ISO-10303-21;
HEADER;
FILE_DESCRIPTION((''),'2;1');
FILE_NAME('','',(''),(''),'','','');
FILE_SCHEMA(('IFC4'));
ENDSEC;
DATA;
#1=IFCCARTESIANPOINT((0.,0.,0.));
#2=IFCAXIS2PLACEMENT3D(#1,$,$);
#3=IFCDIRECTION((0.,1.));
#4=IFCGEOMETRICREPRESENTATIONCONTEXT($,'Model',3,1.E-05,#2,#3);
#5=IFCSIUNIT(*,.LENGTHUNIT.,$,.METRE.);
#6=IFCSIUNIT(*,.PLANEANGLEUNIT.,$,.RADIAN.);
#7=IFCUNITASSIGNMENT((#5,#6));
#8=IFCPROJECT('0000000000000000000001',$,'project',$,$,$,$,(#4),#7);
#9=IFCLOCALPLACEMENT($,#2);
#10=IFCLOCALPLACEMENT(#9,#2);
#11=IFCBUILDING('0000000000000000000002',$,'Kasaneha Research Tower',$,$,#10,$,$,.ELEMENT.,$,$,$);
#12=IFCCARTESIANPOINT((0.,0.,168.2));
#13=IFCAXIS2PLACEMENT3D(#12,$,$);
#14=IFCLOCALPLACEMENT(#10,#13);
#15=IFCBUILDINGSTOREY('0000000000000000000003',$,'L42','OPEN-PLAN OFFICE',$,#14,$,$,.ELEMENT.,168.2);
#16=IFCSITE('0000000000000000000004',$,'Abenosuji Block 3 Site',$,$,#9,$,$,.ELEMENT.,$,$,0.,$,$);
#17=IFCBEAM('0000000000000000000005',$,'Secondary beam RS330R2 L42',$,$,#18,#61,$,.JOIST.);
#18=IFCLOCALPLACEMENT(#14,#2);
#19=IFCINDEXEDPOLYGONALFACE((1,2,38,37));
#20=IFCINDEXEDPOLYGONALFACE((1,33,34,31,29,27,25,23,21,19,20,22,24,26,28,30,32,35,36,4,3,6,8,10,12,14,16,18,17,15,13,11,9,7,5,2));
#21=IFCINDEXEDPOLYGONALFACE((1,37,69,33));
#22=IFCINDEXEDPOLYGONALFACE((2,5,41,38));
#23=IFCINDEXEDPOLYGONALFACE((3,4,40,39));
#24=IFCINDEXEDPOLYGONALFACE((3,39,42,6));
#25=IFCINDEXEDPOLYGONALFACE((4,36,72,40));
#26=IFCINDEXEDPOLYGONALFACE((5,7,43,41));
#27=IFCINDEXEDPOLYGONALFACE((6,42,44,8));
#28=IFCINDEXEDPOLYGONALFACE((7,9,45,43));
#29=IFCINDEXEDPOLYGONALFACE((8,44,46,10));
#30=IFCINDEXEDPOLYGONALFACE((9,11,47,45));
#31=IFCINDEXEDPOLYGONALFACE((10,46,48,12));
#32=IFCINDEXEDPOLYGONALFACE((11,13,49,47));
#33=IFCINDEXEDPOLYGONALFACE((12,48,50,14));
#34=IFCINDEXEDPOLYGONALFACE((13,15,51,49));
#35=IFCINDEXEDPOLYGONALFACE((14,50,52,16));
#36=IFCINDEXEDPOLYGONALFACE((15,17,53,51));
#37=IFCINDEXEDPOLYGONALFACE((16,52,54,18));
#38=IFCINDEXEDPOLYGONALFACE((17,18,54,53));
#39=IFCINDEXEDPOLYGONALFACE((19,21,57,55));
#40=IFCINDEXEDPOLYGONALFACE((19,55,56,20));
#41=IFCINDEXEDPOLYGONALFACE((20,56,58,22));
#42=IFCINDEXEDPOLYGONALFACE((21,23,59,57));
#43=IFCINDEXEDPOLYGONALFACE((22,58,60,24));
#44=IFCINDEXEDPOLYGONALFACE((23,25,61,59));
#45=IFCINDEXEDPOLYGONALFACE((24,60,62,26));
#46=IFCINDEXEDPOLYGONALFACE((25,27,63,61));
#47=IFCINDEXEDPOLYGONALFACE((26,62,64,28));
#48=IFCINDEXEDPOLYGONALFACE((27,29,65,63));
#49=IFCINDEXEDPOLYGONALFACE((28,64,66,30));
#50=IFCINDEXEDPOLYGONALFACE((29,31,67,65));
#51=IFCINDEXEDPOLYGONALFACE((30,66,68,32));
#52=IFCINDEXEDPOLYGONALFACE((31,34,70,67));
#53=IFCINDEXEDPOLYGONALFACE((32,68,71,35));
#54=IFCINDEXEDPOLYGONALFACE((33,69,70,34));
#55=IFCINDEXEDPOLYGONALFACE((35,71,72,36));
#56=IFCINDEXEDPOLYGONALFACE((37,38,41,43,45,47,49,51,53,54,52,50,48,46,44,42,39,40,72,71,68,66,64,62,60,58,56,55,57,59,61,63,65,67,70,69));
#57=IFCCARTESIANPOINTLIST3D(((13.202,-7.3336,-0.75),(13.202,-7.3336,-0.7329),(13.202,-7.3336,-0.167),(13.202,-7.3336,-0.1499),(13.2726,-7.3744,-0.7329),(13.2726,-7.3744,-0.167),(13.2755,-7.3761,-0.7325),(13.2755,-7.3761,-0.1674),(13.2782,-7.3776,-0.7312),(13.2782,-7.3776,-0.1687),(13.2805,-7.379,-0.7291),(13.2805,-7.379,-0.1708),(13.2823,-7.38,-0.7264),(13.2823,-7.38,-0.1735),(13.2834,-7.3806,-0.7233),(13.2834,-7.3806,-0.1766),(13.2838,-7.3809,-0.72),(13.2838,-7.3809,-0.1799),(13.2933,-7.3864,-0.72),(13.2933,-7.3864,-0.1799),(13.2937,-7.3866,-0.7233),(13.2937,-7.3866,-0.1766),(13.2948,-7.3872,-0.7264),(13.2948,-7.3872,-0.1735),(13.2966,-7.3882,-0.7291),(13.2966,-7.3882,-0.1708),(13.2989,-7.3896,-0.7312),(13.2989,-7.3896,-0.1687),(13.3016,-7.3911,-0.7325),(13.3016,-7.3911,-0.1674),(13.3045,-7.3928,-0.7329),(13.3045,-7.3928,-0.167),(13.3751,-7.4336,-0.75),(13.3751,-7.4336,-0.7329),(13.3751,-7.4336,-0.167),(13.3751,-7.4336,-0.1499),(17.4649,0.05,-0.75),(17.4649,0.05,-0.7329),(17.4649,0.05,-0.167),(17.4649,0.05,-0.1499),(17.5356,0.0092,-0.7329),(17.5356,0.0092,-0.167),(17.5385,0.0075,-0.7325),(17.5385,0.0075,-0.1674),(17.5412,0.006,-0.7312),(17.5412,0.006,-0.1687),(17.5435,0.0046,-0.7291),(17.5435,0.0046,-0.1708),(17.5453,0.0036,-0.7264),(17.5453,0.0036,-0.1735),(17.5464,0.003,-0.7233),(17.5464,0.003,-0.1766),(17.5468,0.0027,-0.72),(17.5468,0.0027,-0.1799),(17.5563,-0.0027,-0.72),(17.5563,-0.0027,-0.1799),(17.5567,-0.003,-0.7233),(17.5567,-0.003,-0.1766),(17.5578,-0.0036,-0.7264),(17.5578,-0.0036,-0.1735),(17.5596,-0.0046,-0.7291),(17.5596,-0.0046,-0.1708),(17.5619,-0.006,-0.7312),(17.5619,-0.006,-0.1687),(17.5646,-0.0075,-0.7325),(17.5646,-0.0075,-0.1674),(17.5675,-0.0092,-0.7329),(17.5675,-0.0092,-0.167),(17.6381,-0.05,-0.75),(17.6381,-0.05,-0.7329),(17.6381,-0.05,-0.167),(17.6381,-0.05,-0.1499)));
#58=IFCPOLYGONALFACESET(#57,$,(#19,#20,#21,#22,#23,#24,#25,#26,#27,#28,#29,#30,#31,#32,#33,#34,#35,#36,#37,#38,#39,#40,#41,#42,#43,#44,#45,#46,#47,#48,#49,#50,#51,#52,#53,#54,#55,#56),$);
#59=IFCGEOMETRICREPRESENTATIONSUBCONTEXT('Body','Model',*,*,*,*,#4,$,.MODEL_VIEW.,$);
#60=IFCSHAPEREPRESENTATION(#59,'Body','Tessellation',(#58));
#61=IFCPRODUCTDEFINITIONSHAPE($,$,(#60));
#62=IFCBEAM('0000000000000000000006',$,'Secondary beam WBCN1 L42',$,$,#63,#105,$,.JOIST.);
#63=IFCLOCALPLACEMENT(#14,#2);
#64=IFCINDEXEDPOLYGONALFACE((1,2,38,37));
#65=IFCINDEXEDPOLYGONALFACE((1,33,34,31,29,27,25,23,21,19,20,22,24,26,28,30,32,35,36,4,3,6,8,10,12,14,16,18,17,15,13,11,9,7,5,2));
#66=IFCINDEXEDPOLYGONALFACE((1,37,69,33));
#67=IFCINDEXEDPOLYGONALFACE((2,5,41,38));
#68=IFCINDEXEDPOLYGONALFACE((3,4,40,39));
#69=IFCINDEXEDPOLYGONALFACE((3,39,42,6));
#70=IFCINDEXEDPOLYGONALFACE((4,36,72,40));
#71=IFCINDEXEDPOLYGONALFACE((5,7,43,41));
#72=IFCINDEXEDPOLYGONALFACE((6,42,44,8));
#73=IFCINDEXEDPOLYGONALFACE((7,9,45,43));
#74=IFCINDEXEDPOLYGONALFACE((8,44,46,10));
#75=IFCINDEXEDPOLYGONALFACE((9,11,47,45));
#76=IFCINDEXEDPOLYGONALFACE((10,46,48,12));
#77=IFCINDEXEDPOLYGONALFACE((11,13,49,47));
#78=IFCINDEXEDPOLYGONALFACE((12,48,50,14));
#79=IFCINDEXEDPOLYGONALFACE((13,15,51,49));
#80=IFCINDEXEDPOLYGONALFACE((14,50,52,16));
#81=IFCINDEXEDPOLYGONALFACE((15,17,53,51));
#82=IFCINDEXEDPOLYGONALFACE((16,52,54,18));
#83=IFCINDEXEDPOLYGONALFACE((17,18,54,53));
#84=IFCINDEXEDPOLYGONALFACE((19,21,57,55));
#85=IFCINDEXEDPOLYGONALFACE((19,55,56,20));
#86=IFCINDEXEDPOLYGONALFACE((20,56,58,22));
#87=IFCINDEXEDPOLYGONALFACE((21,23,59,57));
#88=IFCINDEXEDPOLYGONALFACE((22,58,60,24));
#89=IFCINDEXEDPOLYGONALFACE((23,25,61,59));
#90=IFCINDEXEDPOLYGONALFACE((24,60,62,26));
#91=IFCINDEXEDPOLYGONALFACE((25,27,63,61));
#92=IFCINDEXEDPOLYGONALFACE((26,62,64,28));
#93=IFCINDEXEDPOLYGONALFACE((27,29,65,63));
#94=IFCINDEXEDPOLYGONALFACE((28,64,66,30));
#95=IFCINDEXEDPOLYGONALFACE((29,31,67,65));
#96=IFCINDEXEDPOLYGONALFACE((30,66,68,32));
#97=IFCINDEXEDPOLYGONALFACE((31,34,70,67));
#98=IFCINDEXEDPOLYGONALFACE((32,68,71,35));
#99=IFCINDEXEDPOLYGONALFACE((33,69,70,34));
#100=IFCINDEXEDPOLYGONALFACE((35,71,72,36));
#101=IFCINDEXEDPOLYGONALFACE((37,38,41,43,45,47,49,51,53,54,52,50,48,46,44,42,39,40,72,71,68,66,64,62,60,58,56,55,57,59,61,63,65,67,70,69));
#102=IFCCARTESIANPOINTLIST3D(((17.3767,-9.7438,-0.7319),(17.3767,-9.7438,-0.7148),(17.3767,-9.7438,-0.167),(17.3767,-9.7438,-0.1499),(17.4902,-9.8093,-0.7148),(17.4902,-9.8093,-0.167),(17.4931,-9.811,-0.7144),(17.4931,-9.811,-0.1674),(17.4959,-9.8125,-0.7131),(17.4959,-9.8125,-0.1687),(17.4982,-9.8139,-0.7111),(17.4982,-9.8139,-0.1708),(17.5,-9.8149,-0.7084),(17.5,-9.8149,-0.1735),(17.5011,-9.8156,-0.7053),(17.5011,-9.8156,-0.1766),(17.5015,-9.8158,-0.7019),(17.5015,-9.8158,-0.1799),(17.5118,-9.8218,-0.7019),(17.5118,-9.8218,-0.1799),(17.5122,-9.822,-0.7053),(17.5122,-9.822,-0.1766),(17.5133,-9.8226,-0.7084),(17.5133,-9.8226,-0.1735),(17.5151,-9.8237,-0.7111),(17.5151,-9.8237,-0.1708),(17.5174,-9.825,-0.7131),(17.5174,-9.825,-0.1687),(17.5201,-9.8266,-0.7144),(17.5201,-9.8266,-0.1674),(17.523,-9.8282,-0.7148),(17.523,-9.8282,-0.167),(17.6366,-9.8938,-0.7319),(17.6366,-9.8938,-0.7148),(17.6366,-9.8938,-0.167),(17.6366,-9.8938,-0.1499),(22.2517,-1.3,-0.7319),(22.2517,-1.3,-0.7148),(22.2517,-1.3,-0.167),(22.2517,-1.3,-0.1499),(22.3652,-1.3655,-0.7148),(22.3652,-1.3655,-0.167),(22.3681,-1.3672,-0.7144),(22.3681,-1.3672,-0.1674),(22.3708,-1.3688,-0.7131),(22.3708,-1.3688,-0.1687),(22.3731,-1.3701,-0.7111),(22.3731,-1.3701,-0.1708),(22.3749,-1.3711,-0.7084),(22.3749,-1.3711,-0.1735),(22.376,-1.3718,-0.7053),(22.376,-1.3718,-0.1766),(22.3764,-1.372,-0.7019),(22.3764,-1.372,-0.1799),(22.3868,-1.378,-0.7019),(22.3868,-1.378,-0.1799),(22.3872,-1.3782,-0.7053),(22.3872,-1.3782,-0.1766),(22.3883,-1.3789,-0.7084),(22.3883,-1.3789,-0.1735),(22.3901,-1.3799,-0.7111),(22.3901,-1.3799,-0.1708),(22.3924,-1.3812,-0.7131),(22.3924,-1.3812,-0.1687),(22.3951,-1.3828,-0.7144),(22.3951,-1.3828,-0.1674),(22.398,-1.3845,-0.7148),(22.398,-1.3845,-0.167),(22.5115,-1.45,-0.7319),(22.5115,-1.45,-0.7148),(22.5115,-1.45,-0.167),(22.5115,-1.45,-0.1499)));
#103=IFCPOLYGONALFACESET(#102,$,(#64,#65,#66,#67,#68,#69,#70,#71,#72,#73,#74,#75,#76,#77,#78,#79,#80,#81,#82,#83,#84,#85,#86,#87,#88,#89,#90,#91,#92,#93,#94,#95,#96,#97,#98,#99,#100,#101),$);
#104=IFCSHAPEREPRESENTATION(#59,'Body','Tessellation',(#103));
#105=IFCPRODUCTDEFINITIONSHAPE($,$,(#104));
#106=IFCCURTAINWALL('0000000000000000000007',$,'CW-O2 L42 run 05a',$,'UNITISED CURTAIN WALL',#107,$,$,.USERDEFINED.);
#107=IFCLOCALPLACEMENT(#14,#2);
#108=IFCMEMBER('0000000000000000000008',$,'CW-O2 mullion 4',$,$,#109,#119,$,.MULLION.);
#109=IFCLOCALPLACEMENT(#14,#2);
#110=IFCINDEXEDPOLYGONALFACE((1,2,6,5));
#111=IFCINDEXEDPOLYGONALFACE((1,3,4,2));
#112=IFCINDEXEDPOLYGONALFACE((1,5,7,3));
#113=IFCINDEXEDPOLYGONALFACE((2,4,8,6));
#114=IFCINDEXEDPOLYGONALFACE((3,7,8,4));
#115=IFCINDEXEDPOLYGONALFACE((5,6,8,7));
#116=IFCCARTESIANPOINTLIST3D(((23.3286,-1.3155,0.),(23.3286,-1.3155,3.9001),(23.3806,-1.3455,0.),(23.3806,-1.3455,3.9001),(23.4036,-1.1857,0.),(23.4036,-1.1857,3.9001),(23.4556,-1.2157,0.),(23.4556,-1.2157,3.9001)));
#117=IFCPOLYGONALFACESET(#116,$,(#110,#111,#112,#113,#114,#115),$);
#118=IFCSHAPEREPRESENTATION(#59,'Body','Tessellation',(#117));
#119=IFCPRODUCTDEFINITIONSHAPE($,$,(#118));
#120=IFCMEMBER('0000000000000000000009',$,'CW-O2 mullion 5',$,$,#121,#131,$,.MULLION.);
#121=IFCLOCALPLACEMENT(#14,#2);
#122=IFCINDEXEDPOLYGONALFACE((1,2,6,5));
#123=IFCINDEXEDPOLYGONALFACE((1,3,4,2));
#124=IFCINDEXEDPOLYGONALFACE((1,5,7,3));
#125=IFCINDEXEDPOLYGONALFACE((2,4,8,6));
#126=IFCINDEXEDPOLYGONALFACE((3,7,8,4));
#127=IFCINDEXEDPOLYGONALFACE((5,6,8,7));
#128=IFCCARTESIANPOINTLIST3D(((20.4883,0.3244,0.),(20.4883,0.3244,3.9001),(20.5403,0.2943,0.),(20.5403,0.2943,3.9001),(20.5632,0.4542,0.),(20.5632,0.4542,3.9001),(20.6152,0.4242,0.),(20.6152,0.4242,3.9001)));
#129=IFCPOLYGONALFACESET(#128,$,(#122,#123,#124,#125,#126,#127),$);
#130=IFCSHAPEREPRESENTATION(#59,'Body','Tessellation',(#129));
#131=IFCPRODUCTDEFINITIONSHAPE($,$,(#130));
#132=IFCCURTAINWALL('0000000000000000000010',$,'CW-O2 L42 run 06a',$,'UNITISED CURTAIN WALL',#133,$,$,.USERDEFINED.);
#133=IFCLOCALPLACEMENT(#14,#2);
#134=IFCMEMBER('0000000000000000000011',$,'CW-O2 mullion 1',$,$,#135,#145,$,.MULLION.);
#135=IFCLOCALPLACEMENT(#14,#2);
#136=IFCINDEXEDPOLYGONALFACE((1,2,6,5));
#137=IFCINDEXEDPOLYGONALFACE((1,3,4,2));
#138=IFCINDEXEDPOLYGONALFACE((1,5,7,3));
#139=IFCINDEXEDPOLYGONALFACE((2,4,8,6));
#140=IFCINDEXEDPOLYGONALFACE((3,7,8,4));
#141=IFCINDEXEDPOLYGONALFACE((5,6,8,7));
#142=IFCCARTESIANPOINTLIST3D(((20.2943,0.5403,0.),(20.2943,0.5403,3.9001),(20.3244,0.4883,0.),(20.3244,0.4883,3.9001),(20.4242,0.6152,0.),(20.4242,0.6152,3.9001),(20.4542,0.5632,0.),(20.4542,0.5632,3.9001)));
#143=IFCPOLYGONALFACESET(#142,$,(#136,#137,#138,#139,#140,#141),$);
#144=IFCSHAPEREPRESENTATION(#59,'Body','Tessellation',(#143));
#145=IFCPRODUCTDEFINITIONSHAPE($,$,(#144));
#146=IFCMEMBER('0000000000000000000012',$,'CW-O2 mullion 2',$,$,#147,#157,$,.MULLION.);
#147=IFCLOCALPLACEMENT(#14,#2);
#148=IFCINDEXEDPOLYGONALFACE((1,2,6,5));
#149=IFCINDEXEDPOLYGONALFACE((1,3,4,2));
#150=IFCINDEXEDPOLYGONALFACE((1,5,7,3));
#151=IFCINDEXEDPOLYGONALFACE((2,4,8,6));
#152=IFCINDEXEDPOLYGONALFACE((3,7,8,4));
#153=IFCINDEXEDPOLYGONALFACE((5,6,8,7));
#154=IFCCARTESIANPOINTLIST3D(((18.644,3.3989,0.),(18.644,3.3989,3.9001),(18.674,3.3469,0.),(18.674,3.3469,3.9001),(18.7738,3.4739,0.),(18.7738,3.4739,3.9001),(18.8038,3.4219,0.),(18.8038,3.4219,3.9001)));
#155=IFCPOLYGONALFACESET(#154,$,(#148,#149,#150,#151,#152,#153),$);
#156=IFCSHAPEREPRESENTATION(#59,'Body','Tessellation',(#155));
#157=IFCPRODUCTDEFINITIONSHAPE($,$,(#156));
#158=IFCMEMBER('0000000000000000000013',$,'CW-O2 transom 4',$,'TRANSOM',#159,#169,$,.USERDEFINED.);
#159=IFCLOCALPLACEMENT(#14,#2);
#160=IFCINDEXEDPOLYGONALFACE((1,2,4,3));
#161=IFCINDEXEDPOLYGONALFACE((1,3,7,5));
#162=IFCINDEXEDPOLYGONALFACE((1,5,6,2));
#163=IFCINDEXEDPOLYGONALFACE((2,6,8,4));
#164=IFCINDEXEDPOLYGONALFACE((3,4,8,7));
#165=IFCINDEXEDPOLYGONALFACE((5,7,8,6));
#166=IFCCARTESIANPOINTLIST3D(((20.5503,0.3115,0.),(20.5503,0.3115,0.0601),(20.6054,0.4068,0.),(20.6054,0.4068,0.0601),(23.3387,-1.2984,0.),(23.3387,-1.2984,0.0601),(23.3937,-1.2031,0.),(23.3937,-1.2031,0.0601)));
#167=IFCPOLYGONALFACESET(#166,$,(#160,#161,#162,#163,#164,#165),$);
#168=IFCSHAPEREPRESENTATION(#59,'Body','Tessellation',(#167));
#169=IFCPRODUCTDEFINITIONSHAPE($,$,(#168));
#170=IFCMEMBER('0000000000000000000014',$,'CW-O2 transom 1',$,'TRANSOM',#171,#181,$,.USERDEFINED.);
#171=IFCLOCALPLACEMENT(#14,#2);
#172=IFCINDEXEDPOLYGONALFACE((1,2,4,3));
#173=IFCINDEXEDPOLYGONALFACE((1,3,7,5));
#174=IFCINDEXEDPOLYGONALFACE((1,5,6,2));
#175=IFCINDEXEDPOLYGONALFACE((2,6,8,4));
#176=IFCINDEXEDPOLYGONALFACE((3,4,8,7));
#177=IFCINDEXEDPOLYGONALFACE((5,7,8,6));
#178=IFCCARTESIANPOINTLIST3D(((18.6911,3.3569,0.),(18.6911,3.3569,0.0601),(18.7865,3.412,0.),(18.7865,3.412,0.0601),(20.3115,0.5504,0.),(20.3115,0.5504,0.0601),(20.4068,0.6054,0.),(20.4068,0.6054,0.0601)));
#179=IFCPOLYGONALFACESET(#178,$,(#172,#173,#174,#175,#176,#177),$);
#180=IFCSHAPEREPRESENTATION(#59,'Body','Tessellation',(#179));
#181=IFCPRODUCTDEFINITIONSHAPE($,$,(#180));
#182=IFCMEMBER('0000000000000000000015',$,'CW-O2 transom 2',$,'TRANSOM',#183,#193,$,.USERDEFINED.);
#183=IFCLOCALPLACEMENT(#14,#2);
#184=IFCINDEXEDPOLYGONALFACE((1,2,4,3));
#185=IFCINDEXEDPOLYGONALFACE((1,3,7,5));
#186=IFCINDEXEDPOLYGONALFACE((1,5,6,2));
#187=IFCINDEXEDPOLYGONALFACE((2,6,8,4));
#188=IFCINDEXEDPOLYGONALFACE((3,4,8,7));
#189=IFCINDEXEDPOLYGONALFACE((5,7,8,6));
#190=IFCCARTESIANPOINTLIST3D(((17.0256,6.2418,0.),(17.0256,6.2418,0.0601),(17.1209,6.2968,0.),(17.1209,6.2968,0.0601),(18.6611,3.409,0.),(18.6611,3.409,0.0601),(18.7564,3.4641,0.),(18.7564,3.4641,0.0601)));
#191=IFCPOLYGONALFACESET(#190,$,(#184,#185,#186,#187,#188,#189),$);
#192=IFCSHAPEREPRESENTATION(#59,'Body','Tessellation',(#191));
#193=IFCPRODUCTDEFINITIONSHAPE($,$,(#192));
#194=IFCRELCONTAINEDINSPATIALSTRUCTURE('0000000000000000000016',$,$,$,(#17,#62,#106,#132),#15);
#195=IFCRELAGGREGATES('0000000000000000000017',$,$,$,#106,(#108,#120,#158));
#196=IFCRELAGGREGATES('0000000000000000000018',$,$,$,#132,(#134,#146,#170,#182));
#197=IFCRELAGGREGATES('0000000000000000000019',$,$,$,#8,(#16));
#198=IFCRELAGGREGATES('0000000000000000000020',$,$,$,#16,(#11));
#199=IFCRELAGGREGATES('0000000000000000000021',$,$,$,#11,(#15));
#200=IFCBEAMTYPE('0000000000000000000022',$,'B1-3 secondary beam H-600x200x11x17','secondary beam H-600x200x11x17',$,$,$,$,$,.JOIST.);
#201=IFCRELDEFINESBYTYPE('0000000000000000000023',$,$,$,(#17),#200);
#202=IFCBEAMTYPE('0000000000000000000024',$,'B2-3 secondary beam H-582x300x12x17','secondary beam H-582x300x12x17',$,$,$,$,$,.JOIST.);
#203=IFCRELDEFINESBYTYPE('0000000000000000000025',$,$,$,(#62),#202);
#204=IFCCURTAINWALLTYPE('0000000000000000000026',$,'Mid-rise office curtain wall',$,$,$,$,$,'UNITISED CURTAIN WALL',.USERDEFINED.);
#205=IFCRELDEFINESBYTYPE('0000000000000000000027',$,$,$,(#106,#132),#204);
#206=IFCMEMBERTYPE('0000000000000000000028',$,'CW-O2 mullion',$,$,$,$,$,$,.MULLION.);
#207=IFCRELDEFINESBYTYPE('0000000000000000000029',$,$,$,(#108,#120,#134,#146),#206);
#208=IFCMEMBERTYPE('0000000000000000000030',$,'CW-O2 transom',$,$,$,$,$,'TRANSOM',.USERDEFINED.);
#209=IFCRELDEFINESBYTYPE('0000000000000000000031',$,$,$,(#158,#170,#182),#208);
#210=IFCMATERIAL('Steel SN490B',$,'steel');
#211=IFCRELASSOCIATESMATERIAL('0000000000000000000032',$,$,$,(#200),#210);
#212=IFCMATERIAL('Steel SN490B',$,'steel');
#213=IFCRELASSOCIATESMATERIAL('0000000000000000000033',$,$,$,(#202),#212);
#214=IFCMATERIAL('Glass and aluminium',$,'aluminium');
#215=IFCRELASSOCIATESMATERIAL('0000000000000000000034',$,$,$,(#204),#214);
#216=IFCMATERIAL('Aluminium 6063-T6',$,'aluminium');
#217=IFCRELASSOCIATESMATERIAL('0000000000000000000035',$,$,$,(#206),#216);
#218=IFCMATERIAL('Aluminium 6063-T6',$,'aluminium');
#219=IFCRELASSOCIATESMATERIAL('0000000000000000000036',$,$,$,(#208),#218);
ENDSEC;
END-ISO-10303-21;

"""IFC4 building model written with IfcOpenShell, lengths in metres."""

from ifc_helpers import new_model, si_unit, direction, frame, origin, origin_2d, place, context, subcontext, project, spatial, rectangle, i_section, extrude, material, material_profile, profile_set, type_object, element, aggregate, save


model = new_model("IFC4")

# Units and contexts
model_context = context("Model", 3, precision=1e-05, world=origin(), true_north=direction((0.0, 1.0)))
body_context = subcontext(model_context, "Body", "Model", "MODEL_VIEW")
ifc_project = project(units=[si_unit("LENGTHUNIT", "METRE"), si_unit("PLANEANGLEUNIT", "RADIAN")], contexts=[model_context])

# Site, building, storey
site_placement = place(None, origin())
site = spatial("IfcSite", under=ifc_project, at=site_placement, Name="Abenosuji Block 3 Site", CompositionType="ELEMENT", RefElevation=0.0)
building_placement = place(site_placement, origin())
building = spatial("IfcBuilding", under=site, at=building_placement, Name="Kasaneha Research Tower", CompositionType="ELEMENT")
storey_placement = place(building_placement, frame((0.0, 0.0, 168.2)))
storey = spatial("IfcBuildingStorey", under=building, at=storey_placement, Name="L42", Description="OPEN-PLAN OFFICE", CompositionType="ELEMENT", Elevation=168.2)

# Beams
ifc_material_1 = material(Name="Steel SN490B", Category="steel")
ifc_material_profile_1 = material_profile(ifc_material_1, i_section(OverallWidth=0.2, OverallDepth=0.6001, WebThickness=0.011, FlangeThickness=0.0171, FilletRadius=0.0129, at=origin_2d()), Name="H-600x200x11x17")
ifc_profile_set_1 = profile_set([ifc_material_profile_1], Name="Steel SN490B")
beam_type_1 = type_object("IfcBeamType", Name="B1-3 secondary beam H-600x200x11x17", Description="secondary beam H-600x200x11x17", PredefinedType="JOIST", material=ifc_profile_set_1)
beam_1_placement = place(storey_placement, frame((17.5515, 0.0, -0.45), z_axis=(-0.500004, -0.866023, 0.0), x_axis=(0.866023, -0.500004, 0.0)))
element("IfcBeam", 1, at=beam_1_placement, inside=storey, type_object=beam_type_1, Name="Secondary beam RS330R2 L42", PredefinedType="JOIST", context=body_context, shape_type="SweptSolid", body=[
    extrude(i_section(OverallWidth=0.2, OverallDepth=0.6001, WebThickness=0.011, FlangeThickness=0.0171, FilletRadius=0.0129, at=origin_2d()), origin(), (0.0, 0.0, 1.0), 8.5259),
])
ifc_material_2 = material(Name="Steel SN490B", Category="steel")
ifc_material_profile_2 = material_profile(ifc_material_2, i_section(OverallWidth=0.3, OverallDepth=0.582, WebThickness=0.012, FlangeThickness=0.0171, FilletRadius=0.0129, at=origin_2d()), Name="H-582x300x12x17")
ifc_profile_set_2 = profile_set([ifc_material_profile_2], Name="Steel SN490B")
beam_type_2 = type_object("IfcBeamType", Name="B2-3 secondary beam H-582x300x12x17", Description="secondary beam H-582x300x12x17", PredefinedType="JOIST", material=ifc_profile_set_2)
beam_2_placement = place(storey_placement, frame((22.3816, -1.375, -0.4409), z_axis=(-0.499996, -0.866028, 0.0), x_axis=(0.866028, -0.499996, 0.0)))
element("IfcBeam", 2, at=beam_2_placement, inside=storey, type_object=beam_type_2, Name="Secondary beam WBCN1 L42", PredefinedType="JOIST", context=body_context, shape_type="SweptSolid", body=[
    extrude(i_section(OverallWidth=0.3, OverallDepth=0.582, WebThickness=0.012, FlangeThickness=0.0171, FilletRadius=0.0129, at=origin_2d()), origin(), (0.0, 0.0, 1.0), 9.75),
])

# Curtain walls, members
ifc_material_3 = material(Name="Glass and aluminium", Category="aluminium")
curtain_wall_type = type_object("IfcCurtainWallType", Name="Mid-rise office curtain wall", ElementType="UNITISED CURTAIN WALL", PredefinedType="USERDEFINED", material=ifc_material_3)
curtain_wall_1_placement = place(storey_placement, origin())
curtain_wall_1 = element("IfcCurtainWall", 3, at=curtain_wall_1_placement, inside=storey, type_object=curtain_wall_type, Name="CW-O2 L42 run 05a", ObjectType="UNITISED CURTAIN WALL", PredefinedType="USERDEFINED")
ifc_material_4 = material(Name="Aluminium 6063-T6", Category="aluminium")
ifc_material_profile_3 = material_profile(ifc_material_4, rectangle(XDim=0.0601, YDim=0.1499, at=origin_2d()), Name="CW-O2 mullion 60x150")
ifc_profile_set_3 = profile_set([ifc_material_profile_3], Name="Aluminium 6063-T6")
member_type_1 = type_object("IfcMemberType", Name="CW-O2 mullion", PredefinedType="MULLION", material=ifc_profile_set_3)
member_1_placement = place(storey_placement, frame((23.3921, -1.2656, 0.0), z_axis=(0.0, 0.0, 1.0), x_axis=(-0.866025, 0.5, 0.0)))
member_1 = element("IfcMember", 4, at=member_1_placement, type_object=member_type_1, Name="CW-O2 mullion 4", PredefinedType="MULLION", context=body_context, shape_type="SweptSolid", body=[
    extrude(rectangle(XDim=0.0601, YDim=0.1499, at=origin_2d()), origin(), (0.0, 0.0, 1.0), 3.9001),
])
member_2_placement = place(storey_placement, frame((20.5518, 0.3743, 0.0), z_axis=(0.0, 0.0, 1.0), x_axis=(-0.866025, 0.5, 0.0)))
member_2 = element("IfcMember", 5, at=member_2_placement, type_object=member_type_1, Name="CW-O2 mullion 5", PredefinedType="MULLION", context=body_context, shape_type="SweptSolid", body=[
    extrude(rectangle(XDim=0.0601, YDim=0.1499, at=origin_2d()), origin(), (0.0, 0.0, 1.0), 3.9001),
])
curtain_wall_2_placement = place(storey_placement, origin())
curtain_wall_2 = element("IfcCurtainWall", 6, at=curtain_wall_2_placement, inside=storey, type_object=curtain_wall_type, Name="CW-O2 L42 run 06a", ObjectType="UNITISED CURTAIN WALL", PredefinedType="USERDEFINED")
member_3_placement = place(storey_placement, frame((20.3743, 0.5518, 0.0), z_axis=(0.0, 0.0, 1.0), x_axis=(-0.5, 0.866025, 0.0)))
member_3 = element("IfcMember", 7, at=member_3_placement, type_object=member_type_1, Name="CW-O2 mullion 1", PredefinedType="MULLION", context=body_context, shape_type="SweptSolid", body=[
    extrude(rectangle(XDim=0.0601, YDim=0.1499, at=origin_2d()), origin(), (0.0, 0.0, 1.0), 3.9001),
])
member_4_placement = place(storey_placement, frame((18.7239, 3.4104, 0.0), z_axis=(0.0, 0.0, 1.0), x_axis=(-0.5, 0.866025, 0.0)))
member_4 = element("IfcMember", 8, at=member_4_placement, type_object=member_type_1, Name="CW-O2 mullion 2", PredefinedType="MULLION", context=body_context, shape_type="SweptSolid", body=[
    extrude(rectangle(XDim=0.0601, YDim=0.1499, at=origin_2d()), origin(), (0.0, 0.0, 1.0), 3.9001),
])

# Members
ifc_material_5 = material(Name="Aluminium 6063-T6", Category="aluminium")
ifc_material_profile_4 = material_profile(ifc_material_5, rectangle(XDim=0.1101, YDim=0.0601, at=origin_2d()), Name="CW-O2 transom 110x60")
ifc_profile_set_4 = profile_set([ifc_material_profile_4], Name="Aluminium 6063-T6")
member_type_2 = type_object("IfcMemberType", Name="CW-O2 transom", ElementType="TRANSOM", PredefinedType="USERDEFINED", material=ifc_profile_set_4)
member_5_placement = place(storey_placement, frame((23.3662, -1.2507, 0.03), z_axis=(-0.866023, 0.500005, 0.0), x_axis=(-0.500005, -0.866023, 0.0)))
member_5 = element("IfcMember", 9, at=member_5_placement, type_object=member_type_2, Name="CW-O2 transom 4", ObjectType="TRANSOM", PredefinedType="USERDEFINED", context=body_context, shape_type="SweptSolid", body=[
    extrude(rectangle(XDim=0.1101, YDim=0.0601, at=origin_2d()), origin(), (0.0, 0.0, 1.0), 3.2197),
])
member_6_placement = place(storey_placement, frame((20.3591, 0.5779, 0.03), z_axis=(-0.499988, 0.866033, 0.0), x_axis=(-0.866033, -0.499988, 0.0)))
member_6 = element("IfcMember", 10, at=member_6_placement, type_object=member_type_2, Name="CW-O2 transom 1", ObjectType="TRANSOM", PredefinedType="USERDEFINED", context=body_context, shape_type="SweptSolid", body=[
    extrude(rectangle(XDim=0.1101, YDim=0.0601, at=origin_2d()), origin(), (0.0, 0.0, 1.0), 3.2407),
])
member_7_placement = place(storey_placement, frame((18.7087, 3.4365, 0.03), z_axis=(-0.5, 0.866025, 0.0), x_axis=(-0.866025, -0.5, 0.0)))
member_7 = element("IfcMember", 11, at=member_7_placement, type_object=member_type_2, Name="CW-O2 transom 2", ObjectType="TRANSOM", PredefinedType="USERDEFINED", context=body_context, shape_type="SweptSolid", body=[
    extrude(rectangle(XDim=0.1101, YDim=0.0601, at=origin_2d()), origin(), (0.0, 0.0, 1.0), 3.271),
])

aggregate(curtain_wall_1, [member_1, member_2, member_5])
aggregate(curtain_wall_2, [member_3, member_4, member_6, member_7])

save(model, "model.ifc")
